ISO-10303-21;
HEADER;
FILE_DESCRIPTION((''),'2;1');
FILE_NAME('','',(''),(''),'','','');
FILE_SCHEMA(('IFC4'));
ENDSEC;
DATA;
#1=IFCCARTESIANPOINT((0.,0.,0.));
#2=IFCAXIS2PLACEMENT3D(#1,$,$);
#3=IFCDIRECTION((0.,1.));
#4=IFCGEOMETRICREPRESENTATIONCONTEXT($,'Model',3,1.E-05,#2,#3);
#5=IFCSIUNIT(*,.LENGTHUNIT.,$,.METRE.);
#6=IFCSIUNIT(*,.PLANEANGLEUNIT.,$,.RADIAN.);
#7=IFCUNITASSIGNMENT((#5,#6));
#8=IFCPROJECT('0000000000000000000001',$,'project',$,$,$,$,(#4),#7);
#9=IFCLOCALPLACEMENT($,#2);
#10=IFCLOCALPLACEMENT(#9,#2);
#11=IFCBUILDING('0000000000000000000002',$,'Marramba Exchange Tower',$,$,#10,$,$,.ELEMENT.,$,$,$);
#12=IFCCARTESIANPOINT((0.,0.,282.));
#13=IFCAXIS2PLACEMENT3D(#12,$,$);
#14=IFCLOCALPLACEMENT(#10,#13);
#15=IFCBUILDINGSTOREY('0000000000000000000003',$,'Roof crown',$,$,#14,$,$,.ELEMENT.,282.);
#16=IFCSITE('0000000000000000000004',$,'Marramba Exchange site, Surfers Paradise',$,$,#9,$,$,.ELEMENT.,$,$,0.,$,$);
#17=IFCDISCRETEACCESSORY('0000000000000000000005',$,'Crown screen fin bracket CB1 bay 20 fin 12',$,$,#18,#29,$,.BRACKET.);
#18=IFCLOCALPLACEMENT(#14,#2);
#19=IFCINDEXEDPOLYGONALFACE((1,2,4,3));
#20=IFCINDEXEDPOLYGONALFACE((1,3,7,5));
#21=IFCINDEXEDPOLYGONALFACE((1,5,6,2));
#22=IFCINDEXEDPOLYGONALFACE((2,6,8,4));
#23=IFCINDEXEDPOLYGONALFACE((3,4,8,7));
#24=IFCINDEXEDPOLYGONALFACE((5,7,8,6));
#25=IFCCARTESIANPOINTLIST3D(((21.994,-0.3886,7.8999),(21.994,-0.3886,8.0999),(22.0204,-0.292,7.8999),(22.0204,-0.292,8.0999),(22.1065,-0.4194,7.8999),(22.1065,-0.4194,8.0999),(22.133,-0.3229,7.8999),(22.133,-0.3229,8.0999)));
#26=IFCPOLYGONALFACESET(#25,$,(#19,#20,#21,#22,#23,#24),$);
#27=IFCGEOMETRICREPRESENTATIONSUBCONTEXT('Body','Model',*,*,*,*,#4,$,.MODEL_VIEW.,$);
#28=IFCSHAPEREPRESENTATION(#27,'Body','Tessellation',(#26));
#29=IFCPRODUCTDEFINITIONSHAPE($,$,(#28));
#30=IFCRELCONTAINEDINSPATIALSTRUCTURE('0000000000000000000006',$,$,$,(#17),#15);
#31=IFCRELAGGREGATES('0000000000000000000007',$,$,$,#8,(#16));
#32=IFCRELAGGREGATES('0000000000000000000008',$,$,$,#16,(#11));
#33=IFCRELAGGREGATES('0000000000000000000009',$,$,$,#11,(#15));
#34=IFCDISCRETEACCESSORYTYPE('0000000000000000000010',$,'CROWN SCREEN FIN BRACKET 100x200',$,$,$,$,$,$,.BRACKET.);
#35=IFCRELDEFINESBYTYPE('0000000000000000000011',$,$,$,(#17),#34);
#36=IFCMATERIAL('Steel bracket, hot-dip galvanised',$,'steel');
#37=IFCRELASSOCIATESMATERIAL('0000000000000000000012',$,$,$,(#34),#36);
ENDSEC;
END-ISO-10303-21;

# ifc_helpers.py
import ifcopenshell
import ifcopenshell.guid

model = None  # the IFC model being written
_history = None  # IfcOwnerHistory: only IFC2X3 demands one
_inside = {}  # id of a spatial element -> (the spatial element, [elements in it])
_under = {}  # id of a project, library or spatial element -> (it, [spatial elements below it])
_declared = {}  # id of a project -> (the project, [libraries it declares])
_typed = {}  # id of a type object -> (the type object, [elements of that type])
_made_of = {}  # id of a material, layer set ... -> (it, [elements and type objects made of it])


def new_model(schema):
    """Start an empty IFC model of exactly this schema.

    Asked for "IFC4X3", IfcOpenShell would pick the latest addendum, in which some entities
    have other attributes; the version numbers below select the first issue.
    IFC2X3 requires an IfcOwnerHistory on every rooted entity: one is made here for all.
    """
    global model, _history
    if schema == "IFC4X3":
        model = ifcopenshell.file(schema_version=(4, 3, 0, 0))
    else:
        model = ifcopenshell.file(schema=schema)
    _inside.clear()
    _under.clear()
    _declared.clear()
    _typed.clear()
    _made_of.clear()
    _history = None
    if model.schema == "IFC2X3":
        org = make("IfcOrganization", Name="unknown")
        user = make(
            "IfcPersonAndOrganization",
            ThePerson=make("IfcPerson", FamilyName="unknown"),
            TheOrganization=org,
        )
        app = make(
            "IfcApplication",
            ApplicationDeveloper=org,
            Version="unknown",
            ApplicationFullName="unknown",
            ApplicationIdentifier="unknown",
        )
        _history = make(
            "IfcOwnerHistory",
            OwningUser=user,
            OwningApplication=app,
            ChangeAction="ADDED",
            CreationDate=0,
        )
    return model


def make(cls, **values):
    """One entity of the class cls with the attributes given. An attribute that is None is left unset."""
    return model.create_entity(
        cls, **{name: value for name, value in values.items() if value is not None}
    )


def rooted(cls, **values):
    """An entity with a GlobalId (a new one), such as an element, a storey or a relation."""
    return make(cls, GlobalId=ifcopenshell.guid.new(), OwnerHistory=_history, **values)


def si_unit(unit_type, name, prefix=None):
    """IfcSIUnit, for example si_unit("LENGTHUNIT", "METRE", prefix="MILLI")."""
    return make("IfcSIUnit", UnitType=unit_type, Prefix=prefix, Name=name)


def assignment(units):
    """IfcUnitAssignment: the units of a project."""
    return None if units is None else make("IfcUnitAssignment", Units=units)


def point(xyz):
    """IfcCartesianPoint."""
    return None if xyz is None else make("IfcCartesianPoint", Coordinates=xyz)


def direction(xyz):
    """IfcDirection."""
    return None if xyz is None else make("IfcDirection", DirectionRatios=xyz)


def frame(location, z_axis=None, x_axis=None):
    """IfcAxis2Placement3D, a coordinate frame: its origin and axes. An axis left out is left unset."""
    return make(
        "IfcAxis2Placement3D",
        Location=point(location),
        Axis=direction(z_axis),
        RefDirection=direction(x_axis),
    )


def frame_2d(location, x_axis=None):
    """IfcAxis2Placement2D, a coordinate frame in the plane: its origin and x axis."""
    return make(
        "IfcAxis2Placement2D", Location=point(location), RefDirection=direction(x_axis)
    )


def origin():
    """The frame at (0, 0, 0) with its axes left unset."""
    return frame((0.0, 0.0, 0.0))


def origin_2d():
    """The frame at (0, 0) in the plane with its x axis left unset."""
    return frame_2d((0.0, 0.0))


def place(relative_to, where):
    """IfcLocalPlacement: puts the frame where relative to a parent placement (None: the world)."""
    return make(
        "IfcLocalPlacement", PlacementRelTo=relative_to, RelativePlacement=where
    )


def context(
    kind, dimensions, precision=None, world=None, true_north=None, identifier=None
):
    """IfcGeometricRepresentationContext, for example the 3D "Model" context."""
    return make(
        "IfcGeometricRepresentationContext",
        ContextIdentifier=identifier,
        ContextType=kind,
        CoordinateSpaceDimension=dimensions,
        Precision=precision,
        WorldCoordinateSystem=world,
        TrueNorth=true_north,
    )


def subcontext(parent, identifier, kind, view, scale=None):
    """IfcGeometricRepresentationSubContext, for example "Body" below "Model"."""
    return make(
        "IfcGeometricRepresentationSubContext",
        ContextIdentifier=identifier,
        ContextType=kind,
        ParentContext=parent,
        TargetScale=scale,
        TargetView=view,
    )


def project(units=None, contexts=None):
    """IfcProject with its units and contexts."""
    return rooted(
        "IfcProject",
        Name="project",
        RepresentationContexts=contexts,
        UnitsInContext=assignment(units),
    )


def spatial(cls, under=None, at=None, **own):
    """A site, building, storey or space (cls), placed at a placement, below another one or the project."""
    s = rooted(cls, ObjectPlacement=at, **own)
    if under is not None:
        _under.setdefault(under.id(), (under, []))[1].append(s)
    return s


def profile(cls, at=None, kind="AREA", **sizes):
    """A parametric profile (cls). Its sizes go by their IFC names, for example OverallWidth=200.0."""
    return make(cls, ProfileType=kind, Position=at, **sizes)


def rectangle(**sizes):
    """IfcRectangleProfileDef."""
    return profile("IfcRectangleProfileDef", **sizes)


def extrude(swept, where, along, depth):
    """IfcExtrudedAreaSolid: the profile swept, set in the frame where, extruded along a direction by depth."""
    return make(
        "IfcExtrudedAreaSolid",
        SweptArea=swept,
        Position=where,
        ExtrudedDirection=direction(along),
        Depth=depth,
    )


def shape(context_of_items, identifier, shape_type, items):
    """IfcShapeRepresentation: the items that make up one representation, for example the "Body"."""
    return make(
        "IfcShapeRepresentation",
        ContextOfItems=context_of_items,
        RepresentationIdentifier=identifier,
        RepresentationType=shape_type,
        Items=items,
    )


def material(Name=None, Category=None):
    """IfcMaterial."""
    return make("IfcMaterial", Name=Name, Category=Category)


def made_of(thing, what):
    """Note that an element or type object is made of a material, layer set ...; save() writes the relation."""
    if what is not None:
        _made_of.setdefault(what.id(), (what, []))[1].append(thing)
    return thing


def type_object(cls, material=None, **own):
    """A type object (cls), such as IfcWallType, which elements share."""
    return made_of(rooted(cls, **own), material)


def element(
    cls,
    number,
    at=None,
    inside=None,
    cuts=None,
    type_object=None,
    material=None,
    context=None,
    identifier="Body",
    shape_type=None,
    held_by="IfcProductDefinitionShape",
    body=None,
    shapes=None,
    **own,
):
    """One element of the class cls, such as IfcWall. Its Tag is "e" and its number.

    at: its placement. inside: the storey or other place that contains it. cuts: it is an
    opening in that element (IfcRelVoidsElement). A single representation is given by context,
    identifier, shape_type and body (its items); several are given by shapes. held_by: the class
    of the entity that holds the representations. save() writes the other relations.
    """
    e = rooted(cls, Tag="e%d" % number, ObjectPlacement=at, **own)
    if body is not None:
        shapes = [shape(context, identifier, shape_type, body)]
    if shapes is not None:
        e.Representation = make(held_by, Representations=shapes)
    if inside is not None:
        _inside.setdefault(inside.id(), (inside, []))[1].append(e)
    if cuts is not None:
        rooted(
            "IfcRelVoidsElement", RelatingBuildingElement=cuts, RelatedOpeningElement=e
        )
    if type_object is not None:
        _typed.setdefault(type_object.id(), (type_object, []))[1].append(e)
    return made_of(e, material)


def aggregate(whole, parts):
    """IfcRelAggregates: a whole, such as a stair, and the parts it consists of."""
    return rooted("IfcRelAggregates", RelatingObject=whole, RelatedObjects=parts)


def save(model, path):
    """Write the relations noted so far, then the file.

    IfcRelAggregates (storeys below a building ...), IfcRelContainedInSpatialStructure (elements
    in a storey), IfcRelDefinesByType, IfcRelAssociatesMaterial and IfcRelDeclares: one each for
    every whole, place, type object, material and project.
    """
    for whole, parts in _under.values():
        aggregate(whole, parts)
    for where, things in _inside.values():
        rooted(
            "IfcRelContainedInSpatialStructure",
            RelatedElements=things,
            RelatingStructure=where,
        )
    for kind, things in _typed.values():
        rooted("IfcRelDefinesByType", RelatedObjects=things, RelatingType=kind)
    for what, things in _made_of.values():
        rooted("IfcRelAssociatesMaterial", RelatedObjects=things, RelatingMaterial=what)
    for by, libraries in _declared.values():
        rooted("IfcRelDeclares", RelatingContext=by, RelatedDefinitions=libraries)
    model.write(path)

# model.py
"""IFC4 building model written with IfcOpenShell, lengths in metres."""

from ifc_helpers import new_model, si_unit, direction, frame, origin, origin_2d, place, context, subcontext, project, spatial, rectangle, extrude, material, type_object, element, save


model = new_model("IFC4")

# Units and contexts
model_context = context("Model", 3, precision=1e-05, world=origin(), true_north=direction((0.0, 1.0)))
body_context = subcontext(model_context, "Body", "Model", "MODEL_VIEW")
ifc_project = project(units=[si_unit("LENGTHUNIT", "METRE"), si_unit("PLANEANGLEUNIT", "RADIAN")], contexts=[model_context])

# Site, building, storey
site_placement = place(None, origin())
site = spatial("IfcSite", under=ifc_project, at=site_placement, Name="Marramba Exchange site, Surfers Paradise", CompositionType="ELEMENT", RefElevation=0.0)
building_placement = place(site_placement, origin())
building = spatial("IfcBuilding", under=site, at=building_placement, Name="Marramba Exchange Tower", CompositionType="ELEMENT")
storey_placement = place(building_placement, frame((0.0, 0.0, 282.0)))
storey = spatial("IfcBuildingStorey", under=building, at=storey_placement, Name="Roof crown", CompositionType="ELEMENT", Elevation=282.0)

# Discrete accessory
ifc_material_1 = material(Name="Steel bracket, hot-dip galvanised", Category="steel")
discrete_accessory_type_1 = type_object("IfcDiscreteAccessoryType", Name="CROWN SCREEN FIN BRACKET 100x200", PredefinedType="BRACKET", material=ifc_material_1)
for number, where, z_axis, x_axis, name in (
    (1, (22.0635, -0.3557, 7.8999), (0.0, 0.0, 1.0), (0.264304, 0.964439, 0.0), "Crown screen fin bracket CB1 bay 20 fin 12"),
):
    element("IfcDiscreteAccessory", number, at=place(storey_placement, frame(where, z_axis=z_axis, x_axis=x_axis)), inside=storey, type_object=discrete_accessory_type_1, Name=name, PredefinedType="BRACKET", context=body_context, shape_type="SweptSolid", body=[
        extrude(rectangle(XDim=0.1001, YDim=0.1167, at=origin_2d()), origin(), (0.0, 0.0, 1.0), 0.2),
    ])

save(model, "model.ifc")
